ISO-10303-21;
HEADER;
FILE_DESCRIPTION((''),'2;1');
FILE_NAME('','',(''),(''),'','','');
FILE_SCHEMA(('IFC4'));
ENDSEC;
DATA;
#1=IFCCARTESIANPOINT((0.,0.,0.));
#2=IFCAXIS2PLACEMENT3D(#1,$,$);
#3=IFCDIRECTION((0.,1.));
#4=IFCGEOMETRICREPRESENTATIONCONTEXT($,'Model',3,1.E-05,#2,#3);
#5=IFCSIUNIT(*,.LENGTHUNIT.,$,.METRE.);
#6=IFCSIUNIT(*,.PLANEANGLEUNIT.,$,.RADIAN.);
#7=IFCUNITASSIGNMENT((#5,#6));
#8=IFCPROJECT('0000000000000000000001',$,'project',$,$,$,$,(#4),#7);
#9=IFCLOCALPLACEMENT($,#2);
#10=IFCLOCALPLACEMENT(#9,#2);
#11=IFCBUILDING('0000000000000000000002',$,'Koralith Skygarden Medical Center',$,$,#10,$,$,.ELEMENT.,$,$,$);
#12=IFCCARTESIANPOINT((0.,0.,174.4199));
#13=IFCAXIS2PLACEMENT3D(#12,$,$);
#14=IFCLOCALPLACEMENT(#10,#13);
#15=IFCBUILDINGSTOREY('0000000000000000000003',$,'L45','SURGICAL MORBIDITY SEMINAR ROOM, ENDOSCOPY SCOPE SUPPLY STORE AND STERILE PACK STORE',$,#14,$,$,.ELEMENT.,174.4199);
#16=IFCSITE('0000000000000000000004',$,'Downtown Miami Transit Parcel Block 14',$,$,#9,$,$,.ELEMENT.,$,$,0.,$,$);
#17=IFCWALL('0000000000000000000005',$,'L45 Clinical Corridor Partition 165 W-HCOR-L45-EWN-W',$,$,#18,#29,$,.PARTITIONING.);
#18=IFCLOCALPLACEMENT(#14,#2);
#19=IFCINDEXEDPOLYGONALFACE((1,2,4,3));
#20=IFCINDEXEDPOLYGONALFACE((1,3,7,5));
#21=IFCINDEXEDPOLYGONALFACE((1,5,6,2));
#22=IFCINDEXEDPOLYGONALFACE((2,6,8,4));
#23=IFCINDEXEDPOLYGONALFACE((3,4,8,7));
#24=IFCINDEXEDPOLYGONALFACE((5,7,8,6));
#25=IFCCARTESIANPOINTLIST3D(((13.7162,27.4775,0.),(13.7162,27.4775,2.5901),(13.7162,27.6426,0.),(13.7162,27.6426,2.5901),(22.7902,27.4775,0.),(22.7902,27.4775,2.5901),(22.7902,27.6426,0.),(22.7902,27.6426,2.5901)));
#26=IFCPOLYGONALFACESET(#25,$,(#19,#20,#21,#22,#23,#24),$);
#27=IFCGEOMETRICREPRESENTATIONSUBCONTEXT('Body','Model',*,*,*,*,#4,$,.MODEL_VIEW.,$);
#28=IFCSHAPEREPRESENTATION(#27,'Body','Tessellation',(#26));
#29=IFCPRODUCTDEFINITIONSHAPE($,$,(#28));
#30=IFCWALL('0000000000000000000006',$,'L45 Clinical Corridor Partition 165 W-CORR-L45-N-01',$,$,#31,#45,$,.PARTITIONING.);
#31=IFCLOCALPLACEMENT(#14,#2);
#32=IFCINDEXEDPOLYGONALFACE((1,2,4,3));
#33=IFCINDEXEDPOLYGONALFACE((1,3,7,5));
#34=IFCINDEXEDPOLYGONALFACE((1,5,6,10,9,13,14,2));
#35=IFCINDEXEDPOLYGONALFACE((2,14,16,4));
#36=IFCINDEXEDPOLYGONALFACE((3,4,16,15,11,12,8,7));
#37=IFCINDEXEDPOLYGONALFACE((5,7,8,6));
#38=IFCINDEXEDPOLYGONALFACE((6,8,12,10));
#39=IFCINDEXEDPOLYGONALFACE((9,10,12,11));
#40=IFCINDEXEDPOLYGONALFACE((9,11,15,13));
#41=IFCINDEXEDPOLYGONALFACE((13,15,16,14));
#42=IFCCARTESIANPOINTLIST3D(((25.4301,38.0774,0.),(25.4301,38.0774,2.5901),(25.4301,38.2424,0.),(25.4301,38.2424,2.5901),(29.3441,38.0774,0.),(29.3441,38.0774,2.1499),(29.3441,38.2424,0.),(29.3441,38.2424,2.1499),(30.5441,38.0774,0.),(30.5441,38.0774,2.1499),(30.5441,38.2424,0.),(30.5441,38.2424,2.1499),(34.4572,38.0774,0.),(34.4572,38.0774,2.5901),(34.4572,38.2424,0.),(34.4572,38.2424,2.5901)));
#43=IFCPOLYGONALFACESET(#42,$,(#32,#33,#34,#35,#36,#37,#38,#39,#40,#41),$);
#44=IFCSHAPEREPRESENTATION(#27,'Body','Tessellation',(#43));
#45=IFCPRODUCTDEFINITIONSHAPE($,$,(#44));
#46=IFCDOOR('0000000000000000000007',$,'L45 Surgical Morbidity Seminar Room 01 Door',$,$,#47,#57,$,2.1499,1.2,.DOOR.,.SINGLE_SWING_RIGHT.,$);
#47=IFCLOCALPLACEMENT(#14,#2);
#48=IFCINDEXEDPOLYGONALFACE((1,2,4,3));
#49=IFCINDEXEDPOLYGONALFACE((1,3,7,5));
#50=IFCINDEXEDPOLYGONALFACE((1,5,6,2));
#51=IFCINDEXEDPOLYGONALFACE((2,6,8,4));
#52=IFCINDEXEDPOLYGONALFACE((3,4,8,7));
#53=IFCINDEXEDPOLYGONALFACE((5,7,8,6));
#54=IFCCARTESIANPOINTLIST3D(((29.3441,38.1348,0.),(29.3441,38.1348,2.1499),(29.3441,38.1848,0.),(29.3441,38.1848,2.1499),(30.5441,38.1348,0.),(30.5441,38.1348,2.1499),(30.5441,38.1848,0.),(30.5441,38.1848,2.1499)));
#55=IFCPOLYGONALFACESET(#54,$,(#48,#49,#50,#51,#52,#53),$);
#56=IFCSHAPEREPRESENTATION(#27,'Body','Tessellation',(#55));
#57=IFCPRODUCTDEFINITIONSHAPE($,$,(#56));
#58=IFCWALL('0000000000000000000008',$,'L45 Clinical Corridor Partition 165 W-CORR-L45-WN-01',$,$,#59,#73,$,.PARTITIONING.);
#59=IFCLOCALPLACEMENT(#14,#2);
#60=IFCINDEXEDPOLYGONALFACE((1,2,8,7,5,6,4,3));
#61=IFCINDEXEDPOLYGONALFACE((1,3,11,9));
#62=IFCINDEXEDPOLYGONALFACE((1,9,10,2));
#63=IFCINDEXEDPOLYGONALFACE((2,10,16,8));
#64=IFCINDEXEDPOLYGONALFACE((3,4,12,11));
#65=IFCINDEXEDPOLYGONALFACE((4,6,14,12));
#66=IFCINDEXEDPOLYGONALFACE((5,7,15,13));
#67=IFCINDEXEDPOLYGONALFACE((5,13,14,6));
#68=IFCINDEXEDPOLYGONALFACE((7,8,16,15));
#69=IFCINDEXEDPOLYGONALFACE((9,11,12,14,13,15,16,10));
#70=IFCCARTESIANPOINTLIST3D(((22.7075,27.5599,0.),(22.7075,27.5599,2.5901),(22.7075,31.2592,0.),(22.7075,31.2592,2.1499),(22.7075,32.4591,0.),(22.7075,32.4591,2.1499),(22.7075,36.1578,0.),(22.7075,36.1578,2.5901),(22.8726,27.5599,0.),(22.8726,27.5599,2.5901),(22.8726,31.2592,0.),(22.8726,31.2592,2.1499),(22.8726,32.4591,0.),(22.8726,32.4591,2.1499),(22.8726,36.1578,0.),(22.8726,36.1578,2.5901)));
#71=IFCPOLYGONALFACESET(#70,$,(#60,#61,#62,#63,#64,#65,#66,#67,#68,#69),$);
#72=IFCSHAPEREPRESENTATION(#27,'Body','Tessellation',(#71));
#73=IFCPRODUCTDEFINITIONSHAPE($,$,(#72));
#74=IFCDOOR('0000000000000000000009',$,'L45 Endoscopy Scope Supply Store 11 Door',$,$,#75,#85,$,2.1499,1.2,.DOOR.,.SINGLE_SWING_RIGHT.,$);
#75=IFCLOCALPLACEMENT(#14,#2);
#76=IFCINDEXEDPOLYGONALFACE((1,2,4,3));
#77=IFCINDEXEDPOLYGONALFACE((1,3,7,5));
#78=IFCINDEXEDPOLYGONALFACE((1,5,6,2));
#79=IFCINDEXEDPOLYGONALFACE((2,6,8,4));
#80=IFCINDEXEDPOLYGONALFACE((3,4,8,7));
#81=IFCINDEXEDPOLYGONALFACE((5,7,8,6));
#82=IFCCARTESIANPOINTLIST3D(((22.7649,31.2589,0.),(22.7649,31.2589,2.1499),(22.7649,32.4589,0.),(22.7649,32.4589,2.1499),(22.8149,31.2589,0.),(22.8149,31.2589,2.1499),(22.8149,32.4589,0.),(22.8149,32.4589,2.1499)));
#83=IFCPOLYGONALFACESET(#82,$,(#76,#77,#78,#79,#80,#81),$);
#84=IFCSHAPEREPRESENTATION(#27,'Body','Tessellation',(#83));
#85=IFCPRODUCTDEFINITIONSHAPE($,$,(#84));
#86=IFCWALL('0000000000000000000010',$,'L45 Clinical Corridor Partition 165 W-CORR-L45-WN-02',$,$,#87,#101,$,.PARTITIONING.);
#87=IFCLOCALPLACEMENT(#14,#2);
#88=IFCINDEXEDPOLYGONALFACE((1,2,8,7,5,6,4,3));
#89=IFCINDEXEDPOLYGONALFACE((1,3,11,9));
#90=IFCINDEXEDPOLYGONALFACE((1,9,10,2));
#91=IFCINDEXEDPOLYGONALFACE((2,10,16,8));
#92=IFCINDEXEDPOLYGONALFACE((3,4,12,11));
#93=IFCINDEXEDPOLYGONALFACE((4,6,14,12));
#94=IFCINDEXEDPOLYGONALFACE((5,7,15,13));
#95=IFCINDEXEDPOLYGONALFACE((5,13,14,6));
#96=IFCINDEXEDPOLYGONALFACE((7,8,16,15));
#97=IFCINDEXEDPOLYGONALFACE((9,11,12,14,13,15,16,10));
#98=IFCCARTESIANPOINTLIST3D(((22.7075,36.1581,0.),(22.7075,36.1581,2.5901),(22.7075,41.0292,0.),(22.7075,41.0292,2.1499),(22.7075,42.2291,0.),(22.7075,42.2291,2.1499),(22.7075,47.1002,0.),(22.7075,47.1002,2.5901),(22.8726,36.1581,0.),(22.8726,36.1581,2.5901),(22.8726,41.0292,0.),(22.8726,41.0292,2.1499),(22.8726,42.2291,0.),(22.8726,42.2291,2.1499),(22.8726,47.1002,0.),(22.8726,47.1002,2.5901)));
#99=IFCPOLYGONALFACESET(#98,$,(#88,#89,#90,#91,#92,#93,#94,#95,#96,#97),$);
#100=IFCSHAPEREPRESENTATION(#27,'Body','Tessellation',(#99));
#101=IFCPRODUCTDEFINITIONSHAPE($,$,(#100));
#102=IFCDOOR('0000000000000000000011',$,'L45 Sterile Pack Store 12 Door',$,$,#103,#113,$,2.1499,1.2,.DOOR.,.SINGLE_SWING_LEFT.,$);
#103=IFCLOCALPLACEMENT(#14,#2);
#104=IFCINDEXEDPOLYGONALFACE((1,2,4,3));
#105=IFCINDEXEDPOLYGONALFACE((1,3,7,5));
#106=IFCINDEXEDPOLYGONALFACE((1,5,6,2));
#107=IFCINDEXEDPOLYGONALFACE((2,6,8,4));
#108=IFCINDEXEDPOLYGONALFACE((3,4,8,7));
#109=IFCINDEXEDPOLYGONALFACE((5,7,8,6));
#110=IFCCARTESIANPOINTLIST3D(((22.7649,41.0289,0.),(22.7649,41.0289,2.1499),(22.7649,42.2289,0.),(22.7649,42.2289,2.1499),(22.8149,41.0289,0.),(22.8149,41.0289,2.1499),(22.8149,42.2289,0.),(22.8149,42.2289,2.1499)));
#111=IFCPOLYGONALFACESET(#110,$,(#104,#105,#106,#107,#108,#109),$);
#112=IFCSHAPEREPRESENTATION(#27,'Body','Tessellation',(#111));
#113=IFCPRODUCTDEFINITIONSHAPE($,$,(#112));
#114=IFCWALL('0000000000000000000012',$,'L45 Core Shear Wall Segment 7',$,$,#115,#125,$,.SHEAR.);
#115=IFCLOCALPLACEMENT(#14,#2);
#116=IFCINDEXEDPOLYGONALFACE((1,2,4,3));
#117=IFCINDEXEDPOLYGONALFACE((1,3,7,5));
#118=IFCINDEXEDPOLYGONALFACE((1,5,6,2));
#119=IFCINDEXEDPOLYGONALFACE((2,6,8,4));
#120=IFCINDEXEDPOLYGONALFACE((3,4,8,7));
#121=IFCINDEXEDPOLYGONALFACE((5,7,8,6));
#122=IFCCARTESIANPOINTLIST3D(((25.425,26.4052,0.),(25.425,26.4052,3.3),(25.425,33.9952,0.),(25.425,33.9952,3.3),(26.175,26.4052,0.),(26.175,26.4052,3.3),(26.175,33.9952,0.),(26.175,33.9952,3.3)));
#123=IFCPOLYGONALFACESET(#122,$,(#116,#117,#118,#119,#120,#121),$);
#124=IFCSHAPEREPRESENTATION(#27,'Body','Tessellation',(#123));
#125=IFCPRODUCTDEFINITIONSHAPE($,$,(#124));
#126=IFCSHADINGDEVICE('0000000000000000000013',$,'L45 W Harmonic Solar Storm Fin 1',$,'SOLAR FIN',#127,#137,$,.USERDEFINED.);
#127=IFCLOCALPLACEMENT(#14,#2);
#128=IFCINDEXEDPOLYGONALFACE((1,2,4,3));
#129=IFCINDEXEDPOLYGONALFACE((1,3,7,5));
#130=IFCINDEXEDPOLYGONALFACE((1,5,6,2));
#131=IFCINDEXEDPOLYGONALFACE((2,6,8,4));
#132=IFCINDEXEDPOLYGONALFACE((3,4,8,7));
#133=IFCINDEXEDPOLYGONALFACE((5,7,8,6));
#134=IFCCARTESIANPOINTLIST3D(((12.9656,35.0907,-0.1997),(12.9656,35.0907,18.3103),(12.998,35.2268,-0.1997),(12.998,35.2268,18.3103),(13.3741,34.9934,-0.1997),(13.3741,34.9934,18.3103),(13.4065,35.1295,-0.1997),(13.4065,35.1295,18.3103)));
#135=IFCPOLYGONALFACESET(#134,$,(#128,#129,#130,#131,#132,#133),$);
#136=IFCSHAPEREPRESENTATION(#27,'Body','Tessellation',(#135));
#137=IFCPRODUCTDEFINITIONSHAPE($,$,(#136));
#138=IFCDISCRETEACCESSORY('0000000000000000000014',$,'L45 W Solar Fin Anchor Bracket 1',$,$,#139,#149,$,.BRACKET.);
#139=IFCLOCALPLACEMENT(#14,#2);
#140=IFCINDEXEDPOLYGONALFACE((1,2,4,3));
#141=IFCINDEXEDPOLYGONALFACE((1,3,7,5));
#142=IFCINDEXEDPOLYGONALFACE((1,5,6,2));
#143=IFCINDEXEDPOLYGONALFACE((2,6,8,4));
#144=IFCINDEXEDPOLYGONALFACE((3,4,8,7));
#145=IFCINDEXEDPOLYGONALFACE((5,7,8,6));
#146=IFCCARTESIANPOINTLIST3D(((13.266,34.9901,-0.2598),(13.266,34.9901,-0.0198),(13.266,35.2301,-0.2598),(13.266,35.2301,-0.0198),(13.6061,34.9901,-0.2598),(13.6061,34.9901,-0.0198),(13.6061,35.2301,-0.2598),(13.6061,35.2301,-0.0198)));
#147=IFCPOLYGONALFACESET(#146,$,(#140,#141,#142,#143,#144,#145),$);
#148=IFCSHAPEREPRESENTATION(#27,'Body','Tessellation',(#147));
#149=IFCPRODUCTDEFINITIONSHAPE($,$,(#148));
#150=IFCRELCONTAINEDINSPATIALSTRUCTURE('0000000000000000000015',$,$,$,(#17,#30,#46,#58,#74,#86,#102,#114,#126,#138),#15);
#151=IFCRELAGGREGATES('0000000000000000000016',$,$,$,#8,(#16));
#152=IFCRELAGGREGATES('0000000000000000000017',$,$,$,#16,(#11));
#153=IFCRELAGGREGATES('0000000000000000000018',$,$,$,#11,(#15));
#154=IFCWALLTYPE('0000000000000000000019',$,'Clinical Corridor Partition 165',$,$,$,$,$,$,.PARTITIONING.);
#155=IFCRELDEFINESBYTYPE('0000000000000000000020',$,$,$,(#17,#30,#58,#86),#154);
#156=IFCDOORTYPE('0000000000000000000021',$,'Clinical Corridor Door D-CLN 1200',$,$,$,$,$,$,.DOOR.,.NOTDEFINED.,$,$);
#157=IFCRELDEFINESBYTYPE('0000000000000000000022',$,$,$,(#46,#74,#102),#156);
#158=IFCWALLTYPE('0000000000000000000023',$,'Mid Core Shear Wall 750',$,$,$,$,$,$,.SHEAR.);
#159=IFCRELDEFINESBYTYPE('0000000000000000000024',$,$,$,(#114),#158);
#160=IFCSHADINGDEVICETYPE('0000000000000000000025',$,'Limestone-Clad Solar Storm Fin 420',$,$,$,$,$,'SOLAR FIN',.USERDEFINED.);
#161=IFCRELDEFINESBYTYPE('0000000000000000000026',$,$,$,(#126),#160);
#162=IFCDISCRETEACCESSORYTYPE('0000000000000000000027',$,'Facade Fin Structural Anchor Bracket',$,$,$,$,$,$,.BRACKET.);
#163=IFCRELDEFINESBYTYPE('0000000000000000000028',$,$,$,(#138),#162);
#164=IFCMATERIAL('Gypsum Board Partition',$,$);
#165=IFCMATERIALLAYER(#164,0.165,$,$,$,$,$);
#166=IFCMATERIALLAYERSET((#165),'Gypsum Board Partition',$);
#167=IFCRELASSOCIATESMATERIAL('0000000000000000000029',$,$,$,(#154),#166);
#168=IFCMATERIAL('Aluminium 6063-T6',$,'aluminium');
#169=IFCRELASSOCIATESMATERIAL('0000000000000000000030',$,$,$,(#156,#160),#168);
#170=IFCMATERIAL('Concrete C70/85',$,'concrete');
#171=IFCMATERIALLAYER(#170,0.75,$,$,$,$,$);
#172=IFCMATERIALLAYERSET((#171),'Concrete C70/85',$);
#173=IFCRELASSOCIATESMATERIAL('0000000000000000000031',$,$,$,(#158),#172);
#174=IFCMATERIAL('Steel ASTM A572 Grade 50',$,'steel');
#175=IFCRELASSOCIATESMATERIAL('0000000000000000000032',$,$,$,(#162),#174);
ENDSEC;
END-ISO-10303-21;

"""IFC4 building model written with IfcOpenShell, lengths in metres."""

from ifc_helpers import new_model, si_unit, direction, frame, frame_2d, origin, origin_2d, place, context, subcontext, project, spatial, rectangle, extrude, material, layer, layer_set, type_object, element, fill, save


model = new_model("IFC4")

# Units and contexts
model_context = context("Model", 3, precision=1e-05, world=origin(), true_north=direction((0.0, 1.0)))
body_context = subcontext(model_context, "Body", "Model", "MODEL_VIEW")
ifc_project = project(units=[si_unit("LENGTHUNIT", "METRE"), si_unit("PLANEANGLEUNIT", "RADIAN")], contexts=[model_context])

# Site, building, storey
site_placement = place(None, origin())
site = spatial("IfcSite", under=ifc_project, at=site_placement, Name="Downtown Miami Transit Parcel Block 14", CompositionType="ELEMENT", RefElevation=0.0)
building_placement = place(site_placement, origin())
building = spatial("IfcBuilding", under=site, at=building_placement, Name="Koralith Skygarden Medical Center", CompositionType="ELEMENT")
storey_placement = place(building_placement, frame((0.0, 0.0, 174.4199)))
storey = spatial("IfcBuildingStorey", under=building, at=storey_placement, Name="L45", Description="SURGICAL MORBIDITY SEMINAR ROOM, ENDOSCOPY SCOPE SUPPLY STORE AND STERILE PACK STORE", CompositionType="ELEMENT", Elevation=174.4199)

# Shared definitions
ifc_material_1 = material(Name="Concrete C70/85", Category="concrete")

# Shared definitions
ifc_material_2 = material(Name="Aluminium 6063-T6", Category="aluminium")

# Wall
ifc_material_3 = material(Name="Gypsum Board Partition")
ifc_layer_1 = layer(ifc_material_3, 0.165)
ifc_layer_set_1 = layer_set([ifc_layer_1], Name="Gypsum Board Partition")
wall_type_1 = type_object("IfcWallType", Name="Clinical Corridor Partition 165", PredefinedType="PARTITIONING", material=ifc_layer_set_1)
wall_1_placement = place(storey_placement, frame((13.7161, 27.5601, 0.0), z_axis=(0.0, 0.0, 1.0), x_axis=(1.0, 0.0, 0.0)))
element("IfcWall", 1, at=wall_1_placement, inside=storey, type_object=wall_type_1, Name="L45 Clinical Corridor Partition 165 W-HCOR-L45-EWN-W", PredefinedType="PARTITIONING", context=body_context, shape_type="SweptSolid", body=[
    extrude(rectangle(XDim=9.074, YDim=0.165, at=frame_2d((4.5371, 0.0))), origin(), (0.0, 0.0, 1.0), 2.5901),
])

# Walls, openings, doors
wall_2_placement = place(storey_placement, frame((25.4299, 38.1599, 0.0), z_axis=(0.0, 0.0, 1.0), x_axis=(1.0, 0.0, 0.0)))
wall_2 = element("IfcWall", 2, at=wall_2_placement, inside=storey, type_object=wall_type_1, Name="L45 Clinical Corridor Partition 165 W-CORR-L45-N-01", PredefinedType="PARTITIONING", context=body_context, shape_type="SweptSolid", body=[
    extrude(rectangle(XDim=9.0271, YDim=0.165, at=frame_2d((4.5137, 0.0))), origin(), (0.0, 0.0, 1.0), 2.5901),
])
opening_1_placement = place(wall_2_placement, frame((3.9141, 0.0, 0.0)))
opening_1 = element("IfcOpeningElement", 3, at=opening_1_placement, cuts=wall_2, PredefinedType="OPENING", context=body_context, shape_type="SweptSolid", body=[
    extrude(rectangle(XDim=1.2, YDim=2.1499, at=frame_2d((0.6001, 1.075))), frame((0.0, 0.0925, 0.0), z_axis=(0.0, -1.0, 0.0), x_axis=(1.0, 0.0, 0.0)), (0.0, 0.0, 1.0), 0.1851),
])
door_type = type_object("IfcDoorType", Name="Clinical Corridor Door D-CLN 1200", OperationType="NOTDEFINED", PredefinedType="DOOR", material=ifc_material_2)
door_1_placement = place(opening_1_placement, origin())
door_1 = element("IfcDoor", 4, at=door_1_placement, inside=storey, type_object=door_type, Name="L45 Surgical Morbidity Seminar Room 01 Door", OperationType="SINGLE_SWING_RIGHT", OverallHeight=2.1499, OverallWidth=1.2, PredefinedType="DOOR", context=body_context, shape_type="SweptSolid", body=[
    extrude(rectangle(XDim=1.2, YDim=2.1499, at=frame_2d((0.6001, 1.075))), frame((0.0, 0.0249, 0.0), z_axis=(0.0, -1.0, 0.0), x_axis=(1.0, 0.0, 0.0)), (0.0, 0.0, 1.0), 0.05),
])
fill(opening_1, door_1)
wall_3_placement = place(storey_placement, frame((22.79, 27.5601, 0.0), z_axis=(0.0, 0.0, 1.0), x_axis=(0.0, 1.0, 0.0)))
wall_3 = element("IfcWall", 5, at=wall_3_placement, inside=storey, type_object=wall_type_1, Name="L45 Clinical Corridor Partition 165 W-CORR-L45-WN-01", PredefinedType="PARTITIONING", context=body_context, shape_type="SweptSolid", body=[
    extrude(rectangle(XDim=8.5979, YDim=0.165, at=frame_2d((4.2988, 0.0))), origin(), (0.0, 0.0, 1.0), 2.5901),
])
opening_2_placement = place(wall_3_placement, frame((3.699, 0.0, 0.0)))
opening_2 = element("IfcOpeningElement", 6, at=opening_2_placement, cuts=wall_3, PredefinedType="OPENING", context=body_context, shape_type="SweptSolid", body=[
    extrude(rectangle(XDim=1.2, YDim=2.1499, at=frame_2d((0.6001, 1.075))), frame((0.0, 0.0925, 0.0), z_axis=(0.0, -1.0, 0.0), x_axis=(1.0, 0.0, 0.0)), (0.0, 0.0, 1.0), 0.1851),
])
door_2_placement = place(opening_2_placement, frame((1.2, 0.0, 0.0), z_axis=(0.0, 0.0, 1.0), x_axis=(-1.0, 0.0, 0.0)))
door_2 = element("IfcDoor", 7, at=door_2_placement, inside=storey, type_object=door_type, Name="L45 Endoscopy Scope Supply Store 11 Door", OperationType="SINGLE_SWING_RIGHT", OverallHeight=2.1499, OverallWidth=1.2, PredefinedType="DOOR", context=body_context, shape_type="SweptSolid", body=[
    extrude(rectangle(XDim=1.2, YDim=2.1499, at=frame_2d((0.6001, 1.075))), frame((0.0, 0.0249, 0.0), z_axis=(0.0, -1.0, 0.0), x_axis=(1.0, 0.0, 0.0)), (0.0, 0.0, 1.0), 0.05),
])
fill(opening_2, door_2)
wall_4_placement = place(storey_placement, frame((22.79, 36.158, 0.0), z_axis=(0.0, 0.0, 1.0), x_axis=(0.0, 1.0, 0.0)))
wall_4 = element("IfcWall", 8, at=wall_4_placement, inside=storey, type_object=wall_type_1, Name="L45 Clinical Corridor Partition 165 W-CORR-L45-WN-02", PredefinedType="PARTITIONING", context=body_context, shape_type="SweptSolid", body=[
    extrude(rectangle(XDim=10.9421, YDim=0.165, at=frame_2d((5.4712, 0.0))), origin(), (0.0, 0.0, 1.0), 2.5901),
])
opening_3_placement = place(wall_4_placement, frame((4.8711, 0.0, 0.0)))
opening_3 = element("IfcOpeningElement", 9, at=opening_3_placement, cuts=wall_4, PredefinedType="OPENING", context=body_context, shape_type="SweptSolid", body=[
    extrude(rectangle(XDim=1.2, YDim=2.1499, at=frame_2d((0.6001, 1.075))), frame((0.0, 0.0925, 0.0), z_axis=(0.0, -1.0, 0.0), x_axis=(1.0, 0.0, 0.0)), (0.0, 0.0, 1.0), 0.1851),
])
door_3_placement = place(opening_3_placement, frame((1.2, 0.0, 0.0), z_axis=(0.0, 0.0, 1.0), x_axis=(-1.0, 0.0, 0.0)))
door_3 = element("IfcDoor", 10, at=door_3_placement, inside=storey, type_object=door_type, Name="L45 Sterile Pack Store 12 Door", OperationType="SINGLE_SWING_LEFT", OverallHeight=2.1499, OverallWidth=1.2, PredefinedType="DOOR", context=body_context, shape_type="SweptSolid", body=[
    extrude(rectangle(XDim=1.2, YDim=2.1499, at=frame_2d((0.6001, 1.075))), frame((0.0, 0.0249, 0.0), z_axis=(0.0, -1.0, 0.0), x_axis=(1.0, 0.0, 0.0)), (0.0, 0.0, 1.0), 0.05),
])
fill(opening_3, door_3)

# Wall
ifc_layer_2 = layer(ifc_material_1, 0.75)
ifc_layer_set_2 = layer_set([ifc_layer_2], Name="Concrete C70/85")
wall_type_2 = type_object("IfcWallType", Name="Mid Core Shear Wall 750", PredefinedType="SHEAR", material=ifc_layer_set_2)
wall_5_placement = place(storey_placement, frame((25.8, 33.9951, 0.0), z_axis=(0.0, 0.0, 1.0), x_axis=(0.0, -1.0, 0.0)))
element("IfcWall", 11, at=wall_5_placement, inside=storey, type_object=wall_type_2, Name="L45 Core Shear Wall Segment 7", PredefinedType="SHEAR", context=body_context, shape_type="SweptSolid", body=[
    extrude(rectangle(XDim=7.5901, YDim=0.75, at=frame_2d((3.7949, 0.0))), origin(), (0.0, 0.0, 1.0), 3.3),
])

# Shading device
shading_device_type = type_object("IfcShadingDeviceType", Name="Limestone-Clad Solar Storm Fin 420", ElementType="SOLAR FIN", PredefinedType="USERDEFINED", material=ifc_material_2)
shading_device_placement = place(storey_placement, frame((13.186, 35.1101, -0.1997), z_axis=(0.0, 0.0, 1.0), x_axis=(-0.9728, 0.231646, 0.0)))
element("IfcShadingDevice", 12, at=shading_device_placement, inside=storey, type_object=shading_device_type, Name="L45 W Harmonic Solar Storm Fin 1", ObjectType="SOLAR FIN", PredefinedType="USERDEFINED", context=body_context, shape_type="SweptSolid", body=[
    extrude(rectangle(XDim=0.4199, YDim=0.1399, at=origin_2d()), origin(), (0.0, 0.0, 1.0), 18.51),
])

# Discrete accessory
ifc_material_4 = material(Name="Steel ASTM A572 Grade 50", Category="steel")
discrete_accessory_type = type_object("IfcDiscreteAccessoryType", Name="Facade Fin Structural Anchor Bracket", PredefinedType="BRACKET", material=ifc_material_4)
discrete_accessory_placement = place(storey_placement, frame((13.436, 35.1101, -0.2598), z_axis=(0.0, 0.0, 1.0), x_axis=(-1.0, 0.0, 0.0)))
element("IfcDiscreteAccessory", 13, at=discrete_accessory_placement, inside=storey, type_object=discrete_accessory_type, Name="L45 W Solar Fin Anchor Bracket 1", PredefinedType="BRACKET", context=body_context, shape_type="SweptSolid", body=[
    extrude(rectangle(XDim=0.3401, YDim=0.24, at=origin_2d()), origin(), (0.0, 0.0, 1.0), 0.24),
])

save(model, "model.ifc")
